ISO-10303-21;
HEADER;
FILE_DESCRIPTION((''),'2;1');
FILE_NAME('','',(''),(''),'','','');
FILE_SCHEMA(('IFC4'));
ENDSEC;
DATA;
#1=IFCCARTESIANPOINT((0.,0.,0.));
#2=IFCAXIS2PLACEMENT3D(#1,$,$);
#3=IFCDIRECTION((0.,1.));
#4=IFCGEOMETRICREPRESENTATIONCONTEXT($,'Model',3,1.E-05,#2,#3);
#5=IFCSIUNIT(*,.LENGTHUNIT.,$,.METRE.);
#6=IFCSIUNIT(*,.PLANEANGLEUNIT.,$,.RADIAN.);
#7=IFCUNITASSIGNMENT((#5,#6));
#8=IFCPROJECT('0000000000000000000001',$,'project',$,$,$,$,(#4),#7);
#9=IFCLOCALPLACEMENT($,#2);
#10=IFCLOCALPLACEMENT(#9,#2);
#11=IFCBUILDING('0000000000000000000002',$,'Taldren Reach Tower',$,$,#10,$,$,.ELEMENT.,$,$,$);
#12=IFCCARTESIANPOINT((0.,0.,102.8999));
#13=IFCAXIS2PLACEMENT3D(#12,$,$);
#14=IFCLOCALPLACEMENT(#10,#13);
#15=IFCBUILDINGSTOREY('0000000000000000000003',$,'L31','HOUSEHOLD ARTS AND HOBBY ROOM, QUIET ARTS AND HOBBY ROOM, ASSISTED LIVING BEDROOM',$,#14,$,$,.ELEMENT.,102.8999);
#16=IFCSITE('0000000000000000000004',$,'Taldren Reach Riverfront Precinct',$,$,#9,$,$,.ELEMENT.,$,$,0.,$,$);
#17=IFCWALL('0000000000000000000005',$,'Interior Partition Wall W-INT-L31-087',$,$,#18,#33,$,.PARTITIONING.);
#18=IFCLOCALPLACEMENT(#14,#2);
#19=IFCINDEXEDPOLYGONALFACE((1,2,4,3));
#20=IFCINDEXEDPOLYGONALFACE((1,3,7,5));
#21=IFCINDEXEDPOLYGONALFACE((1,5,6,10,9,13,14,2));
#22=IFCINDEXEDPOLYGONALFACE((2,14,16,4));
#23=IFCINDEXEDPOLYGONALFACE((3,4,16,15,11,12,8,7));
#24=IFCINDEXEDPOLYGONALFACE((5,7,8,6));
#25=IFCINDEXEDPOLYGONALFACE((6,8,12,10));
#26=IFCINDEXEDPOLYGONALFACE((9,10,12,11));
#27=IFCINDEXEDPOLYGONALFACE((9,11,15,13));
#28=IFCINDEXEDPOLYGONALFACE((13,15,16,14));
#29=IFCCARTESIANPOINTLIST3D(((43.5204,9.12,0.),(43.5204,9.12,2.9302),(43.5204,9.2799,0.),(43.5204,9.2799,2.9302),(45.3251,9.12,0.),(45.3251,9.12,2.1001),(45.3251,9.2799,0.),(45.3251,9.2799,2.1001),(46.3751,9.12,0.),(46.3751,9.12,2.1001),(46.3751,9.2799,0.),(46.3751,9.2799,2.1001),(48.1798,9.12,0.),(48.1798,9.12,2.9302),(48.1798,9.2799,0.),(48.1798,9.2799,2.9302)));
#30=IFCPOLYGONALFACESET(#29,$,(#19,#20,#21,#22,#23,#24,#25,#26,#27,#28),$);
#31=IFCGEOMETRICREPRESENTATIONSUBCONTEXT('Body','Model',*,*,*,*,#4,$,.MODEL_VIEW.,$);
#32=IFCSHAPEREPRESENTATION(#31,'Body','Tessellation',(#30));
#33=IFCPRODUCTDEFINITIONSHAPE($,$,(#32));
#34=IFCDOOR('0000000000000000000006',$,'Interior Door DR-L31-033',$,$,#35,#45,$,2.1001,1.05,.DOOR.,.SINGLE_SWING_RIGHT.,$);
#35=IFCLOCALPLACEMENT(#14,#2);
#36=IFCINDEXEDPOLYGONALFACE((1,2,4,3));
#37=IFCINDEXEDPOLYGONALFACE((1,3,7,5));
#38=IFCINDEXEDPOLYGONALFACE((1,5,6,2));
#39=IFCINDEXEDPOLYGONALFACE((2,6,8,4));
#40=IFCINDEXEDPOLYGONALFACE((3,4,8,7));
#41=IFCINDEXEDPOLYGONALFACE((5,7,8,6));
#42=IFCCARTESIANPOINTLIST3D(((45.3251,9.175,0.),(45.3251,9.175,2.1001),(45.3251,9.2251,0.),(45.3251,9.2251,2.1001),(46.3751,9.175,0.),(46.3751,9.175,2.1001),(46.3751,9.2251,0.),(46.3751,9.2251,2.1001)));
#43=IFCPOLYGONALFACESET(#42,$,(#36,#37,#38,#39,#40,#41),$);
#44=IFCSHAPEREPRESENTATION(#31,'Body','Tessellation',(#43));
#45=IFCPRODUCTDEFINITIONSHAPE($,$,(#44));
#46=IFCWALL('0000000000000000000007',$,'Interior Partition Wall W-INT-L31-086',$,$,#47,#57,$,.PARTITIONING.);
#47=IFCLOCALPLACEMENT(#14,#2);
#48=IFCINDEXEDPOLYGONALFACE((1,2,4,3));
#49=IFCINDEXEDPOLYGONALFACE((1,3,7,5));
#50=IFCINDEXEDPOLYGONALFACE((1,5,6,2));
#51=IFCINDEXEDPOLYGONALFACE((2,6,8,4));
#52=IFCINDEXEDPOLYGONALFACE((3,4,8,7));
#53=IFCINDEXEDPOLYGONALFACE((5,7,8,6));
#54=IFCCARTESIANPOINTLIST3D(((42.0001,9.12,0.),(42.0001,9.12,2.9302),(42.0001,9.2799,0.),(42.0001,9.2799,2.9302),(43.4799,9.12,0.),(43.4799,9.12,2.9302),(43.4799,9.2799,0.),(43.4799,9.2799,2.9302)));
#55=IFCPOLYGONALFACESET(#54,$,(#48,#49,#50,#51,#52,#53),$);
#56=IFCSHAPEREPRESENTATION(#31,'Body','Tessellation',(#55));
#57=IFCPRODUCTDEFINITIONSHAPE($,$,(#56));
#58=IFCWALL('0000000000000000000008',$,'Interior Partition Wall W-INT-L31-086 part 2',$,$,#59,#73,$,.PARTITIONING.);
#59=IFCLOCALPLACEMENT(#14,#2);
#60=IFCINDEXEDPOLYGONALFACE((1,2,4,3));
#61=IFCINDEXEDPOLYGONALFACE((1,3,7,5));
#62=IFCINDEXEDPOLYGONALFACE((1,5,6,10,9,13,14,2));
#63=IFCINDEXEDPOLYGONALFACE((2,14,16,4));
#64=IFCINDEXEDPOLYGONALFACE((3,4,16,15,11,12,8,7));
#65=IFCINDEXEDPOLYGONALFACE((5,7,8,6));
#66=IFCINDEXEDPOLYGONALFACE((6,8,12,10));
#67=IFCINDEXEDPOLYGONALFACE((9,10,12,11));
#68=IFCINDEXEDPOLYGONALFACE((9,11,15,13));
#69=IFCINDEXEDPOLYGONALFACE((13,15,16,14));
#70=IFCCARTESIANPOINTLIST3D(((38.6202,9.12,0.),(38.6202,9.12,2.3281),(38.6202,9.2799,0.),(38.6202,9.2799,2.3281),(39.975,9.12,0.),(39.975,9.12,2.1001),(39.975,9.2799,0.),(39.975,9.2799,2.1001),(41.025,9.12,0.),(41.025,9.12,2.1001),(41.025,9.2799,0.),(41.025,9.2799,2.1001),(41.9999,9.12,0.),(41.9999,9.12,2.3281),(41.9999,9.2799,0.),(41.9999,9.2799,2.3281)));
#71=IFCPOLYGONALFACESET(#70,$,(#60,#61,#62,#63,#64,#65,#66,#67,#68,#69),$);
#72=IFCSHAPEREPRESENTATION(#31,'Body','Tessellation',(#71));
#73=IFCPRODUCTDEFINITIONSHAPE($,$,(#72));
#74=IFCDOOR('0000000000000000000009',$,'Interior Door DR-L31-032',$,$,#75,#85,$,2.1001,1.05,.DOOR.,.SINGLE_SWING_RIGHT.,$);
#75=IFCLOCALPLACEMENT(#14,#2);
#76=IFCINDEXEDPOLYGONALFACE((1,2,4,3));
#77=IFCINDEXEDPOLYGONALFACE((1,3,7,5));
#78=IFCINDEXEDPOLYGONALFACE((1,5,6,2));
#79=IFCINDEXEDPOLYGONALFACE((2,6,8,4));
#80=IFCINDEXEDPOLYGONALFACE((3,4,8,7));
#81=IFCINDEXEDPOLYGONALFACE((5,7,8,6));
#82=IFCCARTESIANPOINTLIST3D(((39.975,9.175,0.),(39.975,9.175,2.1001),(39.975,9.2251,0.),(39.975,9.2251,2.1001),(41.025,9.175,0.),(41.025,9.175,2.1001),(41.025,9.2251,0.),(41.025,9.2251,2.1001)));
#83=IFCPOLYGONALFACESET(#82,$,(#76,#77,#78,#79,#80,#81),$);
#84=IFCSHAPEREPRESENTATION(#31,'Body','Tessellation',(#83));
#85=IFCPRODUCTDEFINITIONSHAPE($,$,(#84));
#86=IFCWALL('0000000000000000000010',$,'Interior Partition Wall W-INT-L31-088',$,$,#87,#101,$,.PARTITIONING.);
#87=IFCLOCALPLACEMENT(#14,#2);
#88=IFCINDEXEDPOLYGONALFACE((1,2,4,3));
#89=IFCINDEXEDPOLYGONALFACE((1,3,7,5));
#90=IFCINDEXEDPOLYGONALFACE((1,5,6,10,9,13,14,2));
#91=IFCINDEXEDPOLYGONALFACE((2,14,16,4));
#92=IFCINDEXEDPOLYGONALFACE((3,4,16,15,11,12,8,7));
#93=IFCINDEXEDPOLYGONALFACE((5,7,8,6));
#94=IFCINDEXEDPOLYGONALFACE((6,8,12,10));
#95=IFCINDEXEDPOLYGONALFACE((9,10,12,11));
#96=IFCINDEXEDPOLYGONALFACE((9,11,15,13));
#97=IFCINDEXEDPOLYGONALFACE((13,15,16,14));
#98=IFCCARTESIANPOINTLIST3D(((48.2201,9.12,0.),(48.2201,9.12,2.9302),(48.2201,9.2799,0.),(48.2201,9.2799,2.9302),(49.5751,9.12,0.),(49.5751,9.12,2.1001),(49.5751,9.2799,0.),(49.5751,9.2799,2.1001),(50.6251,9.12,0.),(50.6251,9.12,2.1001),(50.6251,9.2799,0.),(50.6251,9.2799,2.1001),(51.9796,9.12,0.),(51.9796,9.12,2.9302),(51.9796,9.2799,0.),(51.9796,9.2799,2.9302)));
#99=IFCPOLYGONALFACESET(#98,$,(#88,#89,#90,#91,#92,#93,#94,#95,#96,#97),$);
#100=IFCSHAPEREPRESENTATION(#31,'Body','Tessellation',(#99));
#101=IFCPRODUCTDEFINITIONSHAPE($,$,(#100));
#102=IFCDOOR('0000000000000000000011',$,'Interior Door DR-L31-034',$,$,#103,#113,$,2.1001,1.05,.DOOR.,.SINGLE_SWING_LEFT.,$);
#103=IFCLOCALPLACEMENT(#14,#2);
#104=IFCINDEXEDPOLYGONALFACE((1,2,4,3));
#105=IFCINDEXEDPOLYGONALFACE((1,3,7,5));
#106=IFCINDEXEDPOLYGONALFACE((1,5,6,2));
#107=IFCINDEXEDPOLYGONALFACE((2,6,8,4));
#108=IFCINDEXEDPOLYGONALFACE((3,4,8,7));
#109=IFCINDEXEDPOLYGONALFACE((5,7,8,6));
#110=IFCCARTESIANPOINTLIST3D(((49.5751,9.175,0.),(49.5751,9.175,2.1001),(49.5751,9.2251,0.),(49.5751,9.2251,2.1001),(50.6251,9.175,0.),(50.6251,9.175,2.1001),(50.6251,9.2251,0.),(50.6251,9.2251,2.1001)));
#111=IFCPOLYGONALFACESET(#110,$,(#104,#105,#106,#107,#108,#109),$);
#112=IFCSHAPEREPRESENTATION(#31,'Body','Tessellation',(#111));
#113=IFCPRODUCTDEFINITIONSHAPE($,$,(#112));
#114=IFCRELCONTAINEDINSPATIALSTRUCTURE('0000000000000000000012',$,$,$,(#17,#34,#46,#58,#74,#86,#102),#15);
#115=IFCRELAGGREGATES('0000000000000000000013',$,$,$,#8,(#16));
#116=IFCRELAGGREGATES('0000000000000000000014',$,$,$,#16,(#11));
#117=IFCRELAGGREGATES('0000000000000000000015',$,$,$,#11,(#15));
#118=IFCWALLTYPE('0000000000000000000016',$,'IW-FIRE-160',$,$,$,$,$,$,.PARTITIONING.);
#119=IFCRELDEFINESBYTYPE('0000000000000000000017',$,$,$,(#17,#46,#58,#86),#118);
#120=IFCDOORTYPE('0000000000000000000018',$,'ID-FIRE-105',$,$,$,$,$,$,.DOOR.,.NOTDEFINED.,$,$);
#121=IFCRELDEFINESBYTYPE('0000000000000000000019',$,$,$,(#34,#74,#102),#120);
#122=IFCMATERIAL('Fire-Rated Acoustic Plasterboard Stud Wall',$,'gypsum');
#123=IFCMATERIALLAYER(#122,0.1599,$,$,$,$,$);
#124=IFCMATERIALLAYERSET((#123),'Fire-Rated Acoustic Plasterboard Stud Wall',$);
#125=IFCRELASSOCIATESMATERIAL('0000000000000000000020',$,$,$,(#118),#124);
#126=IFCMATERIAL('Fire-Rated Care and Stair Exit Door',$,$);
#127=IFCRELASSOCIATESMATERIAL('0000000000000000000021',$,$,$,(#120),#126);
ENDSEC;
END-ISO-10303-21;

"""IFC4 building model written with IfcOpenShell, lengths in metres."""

from ifc_helpers import new_model, si_unit, direction, frame, frame_2d, origin, place, context, subcontext, project, spatial, rectangle, extrude, source, transform, mapped, material, layer, layer_set, type_object, element, fill, save


model = new_model("IFC4")

# Units and contexts
model_context = context("Model", 3, precision=1e-05, world=origin(), true_north=direction((0.0, 1.0)))
body_context = subcontext(model_context, "Body", "Model", "MODEL_VIEW")
ifc_project = project(units=[si_unit("LENGTHUNIT", "METRE"), si_unit("PLANEANGLEUNIT", "RADIAN")], contexts=[model_context])

# Site, building, storey
site_placement = place(None, origin())
site = spatial("IfcSite", under=ifc_project, at=site_placement, Name="Taldren Reach Riverfront Precinct", CompositionType="ELEMENT", RefElevation=0.0)
building_placement = place(site_placement, origin())
building = spatial("IfcBuilding", under=site, at=building_placement, Name="Taldren Reach Tower", CompositionType="ELEMENT")
storey_placement = place(building_placement, frame((0.0, 0.0, 102.8999)))
storey = spatial("IfcBuildingStorey", under=building, at=storey_placement, Name="L31", Description="HOUSEHOLD ARTS AND HOBBY ROOM, QUIET ARTS AND HOBBY ROOM, ASSISTED LIVING BEDROOM", CompositionType="ELEMENT", Elevation=102.8999)

# Shared definitions
ifc_material_1 = material(Name="Fire-Rated Acoustic Plasterboard Stud Wall", Category="gypsum")
ifc_layer_1 = layer(ifc_material_1, 0.1599)
ifc_layer_set_1 = layer_set([ifc_layer_1], Name="Fire-Rated Acoustic Plasterboard Stud Wall")
wall_type_1 = type_object("IfcWallType", Name="IW-FIRE-160", PredefinedType="PARTITIONING", material=ifc_layer_set_1)

# Shared definitions
shared_shape_1 = source(origin(), body_context, "Body", "SweptSolid", [
    extrude(rectangle(XDim=1.05, YDim=2.1001, at=frame_2d((0.5249, 1.05))), frame((0.0, 0.0898, 0.0), z_axis=(0.0, -1.0, 0.0), x_axis=(1.0, 0.0, 0.0)), (0.0, 0.0, 1.0), 0.1799),
])
ifc_material_2 = material(Name="Fire-Rated Care and Stair Exit Door")
door_type = type_object("IfcDoorType", Name="ID-FIRE-105", OperationType="NOTDEFINED", PredefinedType="DOOR", material=ifc_material_2)
shared_shape_2 = source(origin(), body_context, "Body", "SweptSolid", [
    extrude(rectangle(XDim=1.05, YDim=2.1001, at=frame_2d((0.5249, 1.05))), frame((0.0, 0.0249, 0.0), z_axis=(0.0, -1.0, 0.0), x_axis=(1.0, 0.0, 0.0)), (0.0, 0.0, 1.0), 0.05),
])

# Wall, opening, door
shared_shape_3 = source(origin(), body_context, "Body", "SweptSolid", [
    extrude(rectangle(XDim=4.6594, YDim=0.1599, at=frame_2d((2.3296, 0.0))), origin(), (0.0, 0.0, 1.0), 2.9302),
])
wall_1_placement = place(storey_placement, frame((48.1797, 9.2, 0.0), z_axis=(0.0, 0.0, 1.0), x_axis=(-1.0, 0.0, 0.0)))
wall_1 = element("IfcWall", 1, at=wall_1_placement, inside=storey, type_object=wall_type_1, Name="Interior Partition Wall W-INT-L31-087", PredefinedType="PARTITIONING", context=body_context, shape_type="MappedRepresentation", body=[
    mapped(shared_shape_3, transform((0.0, 0.0, 0.0), scale=1.0)),
])
opening_1_placement = place(wall_1_placement, frame((1.8047, 0.0, 0.0)))
opening_1 = element("IfcOpeningElement", 2, at=opening_1_placement, cuts=wall_1, PredefinedType="OPENING", context=body_context, shape_type="MappedRepresentation", body=[
    mapped(shared_shape_1, transform((0.0, 0.0, 0.0), scale=1.0)),
])
door_1_placement = place(opening_1_placement, origin())
door_1 = element("IfcDoor", 3, at=door_1_placement, inside=storey, type_object=door_type, Name="Interior Door DR-L31-033", OperationType="SINGLE_SWING_RIGHT", OverallHeight=2.1001, OverallWidth=1.05, PredefinedType="DOOR", context=body_context, shape_type="MappedRepresentation", body=[
    mapped(shared_shape_2, transform((0.0, 0.0, 0.0), scale=1.0)),
])
fill(opening_1, door_1)

# Wall
shared_shape_4 = source(origin(), body_context, "Body", "SweptSolid", [
    extrude(rectangle(XDim=1.4797, YDim=0.1599, at=frame_2d((0.7397, 0.0))), origin(), (0.0, 0.0, 1.0), 2.9302),
])
wall_2_placement = place(storey_placement, frame((43.4797, 9.2, 0.0), z_axis=(0.0, 0.0, 1.0), x_axis=(-1.0, 0.0, 0.0)))
element("IfcWall", 4, at=wall_2_placement, inside=storey, type_object=wall_type_1, Name="Interior Partition Wall W-INT-L31-086", PredefinedType="PARTITIONING", context=body_context, shape_type="MappedRepresentation", body=[
    mapped(shared_shape_4, transform((0.0, 0.0, 0.0), scale=1.0)),
])

# Walls, openings, doors
shared_shape_5 = source(origin(), body_context, "Body", "SweptSolid", [
    extrude(rectangle(XDim=3.3796, YDim=0.1599, at=frame_2d((1.6899, 0.0))), origin(), (0.0, 0.0, 1.0), 2.3281),
])
wall_3_placement = place(storey_placement, frame((42.0, 9.2, 0.0), z_axis=(0.0, 0.0, 1.0), x_axis=(-1.0, 0.0, 0.0)))
wall_3 = element("IfcWall", 5, at=wall_3_placement, inside=storey, type_object=wall_type_1, Name="Interior Partition Wall W-INT-L31-086 part 2", PredefinedType="PARTITIONING", context=body_context, shape_type="MappedRepresentation", body=[
    mapped(shared_shape_5, transform((0.0, 0.0, 0.0), scale=1.0)),
])
opening_2_placement = place(wall_3_placement, frame((0.9751, 0.0, 0.0)))
opening_2 = element("IfcOpeningElement", 6, at=opening_2_placement, cuts=wall_3, PredefinedType="OPENING", context=body_context, shape_type="MappedRepresentation", body=[
    mapped(shared_shape_1, transform((0.0, 0.0, 0.0), scale=1.0)),
])
door_2_placement = place(opening_2_placement, origin())
door_2 = element("IfcDoor", 7, at=door_2_placement, inside=storey, type_object=door_type, Name="Interior Door DR-L31-032", OperationType="SINGLE_SWING_RIGHT", OverallHeight=2.1001, OverallWidth=1.05, PredefinedType="DOOR", context=body_context, shape_type="MappedRepresentation", body=[
    mapped(shared_shape_2, transform((0.0, 0.0, 0.0), scale=1.0)),
])
fill(opening_2, door_2)
shared_shape_6 = source(origin(), body_context, "Body", "SweptSolid", [
    extrude(rectangle(XDim=3.7595, YDim=0.1599, at=frame_2d((1.8799, 0.0))), origin(), (0.0, 0.0, 1.0), 2.9302),
])
wall_4_placement = place(storey_placement, frame((51.9797, 9.2, 0.0), z_axis=(0.0, 0.0, 1.0), x_axis=(-1.0, 0.0, 0.0)))
wall_4 = element("IfcWall", 8, at=wall_4_placement, inside=storey, type_object=wall_type_1, Name="Interior Partition Wall W-INT-L31-088", PredefinedType="PARTITIONING", context=body_context, shape_type="MappedRepresentation", body=[
    mapped(shared_shape_6, transform((0.0, 0.0, 0.0), scale=1.0)),
])
opening_3_placement = place(wall_4_placement, frame((1.3547, 0.0, 0.0)))
opening_3 = element("IfcOpeningElement", 9, at=opening_3_placement, cuts=wall_4, PredefinedType="OPENING", context=body_context, shape_type="MappedRepresentation", body=[
    mapped(shared_shape_1, transform((0.0, 0.0, 0.0), scale=1.0)),
])
door_3_placement = place(opening_3_placement, origin())
door_3 = element("IfcDoor", 10, at=door_3_placement, inside=storey, type_object=door_type, Name="Interior Door DR-L31-034", OperationType="SINGLE_SWING_LEFT", OverallHeight=2.1001, OverallWidth=1.05, PredefinedType="DOOR", context=body_context, shape_type="MappedRepresentation", body=[
    mapped(shared_shape_2, transform((0.0, 0.0, 0.0), scale=1.0)),
])
fill(opening_3, door_3)

save(model, "model.ifc")
